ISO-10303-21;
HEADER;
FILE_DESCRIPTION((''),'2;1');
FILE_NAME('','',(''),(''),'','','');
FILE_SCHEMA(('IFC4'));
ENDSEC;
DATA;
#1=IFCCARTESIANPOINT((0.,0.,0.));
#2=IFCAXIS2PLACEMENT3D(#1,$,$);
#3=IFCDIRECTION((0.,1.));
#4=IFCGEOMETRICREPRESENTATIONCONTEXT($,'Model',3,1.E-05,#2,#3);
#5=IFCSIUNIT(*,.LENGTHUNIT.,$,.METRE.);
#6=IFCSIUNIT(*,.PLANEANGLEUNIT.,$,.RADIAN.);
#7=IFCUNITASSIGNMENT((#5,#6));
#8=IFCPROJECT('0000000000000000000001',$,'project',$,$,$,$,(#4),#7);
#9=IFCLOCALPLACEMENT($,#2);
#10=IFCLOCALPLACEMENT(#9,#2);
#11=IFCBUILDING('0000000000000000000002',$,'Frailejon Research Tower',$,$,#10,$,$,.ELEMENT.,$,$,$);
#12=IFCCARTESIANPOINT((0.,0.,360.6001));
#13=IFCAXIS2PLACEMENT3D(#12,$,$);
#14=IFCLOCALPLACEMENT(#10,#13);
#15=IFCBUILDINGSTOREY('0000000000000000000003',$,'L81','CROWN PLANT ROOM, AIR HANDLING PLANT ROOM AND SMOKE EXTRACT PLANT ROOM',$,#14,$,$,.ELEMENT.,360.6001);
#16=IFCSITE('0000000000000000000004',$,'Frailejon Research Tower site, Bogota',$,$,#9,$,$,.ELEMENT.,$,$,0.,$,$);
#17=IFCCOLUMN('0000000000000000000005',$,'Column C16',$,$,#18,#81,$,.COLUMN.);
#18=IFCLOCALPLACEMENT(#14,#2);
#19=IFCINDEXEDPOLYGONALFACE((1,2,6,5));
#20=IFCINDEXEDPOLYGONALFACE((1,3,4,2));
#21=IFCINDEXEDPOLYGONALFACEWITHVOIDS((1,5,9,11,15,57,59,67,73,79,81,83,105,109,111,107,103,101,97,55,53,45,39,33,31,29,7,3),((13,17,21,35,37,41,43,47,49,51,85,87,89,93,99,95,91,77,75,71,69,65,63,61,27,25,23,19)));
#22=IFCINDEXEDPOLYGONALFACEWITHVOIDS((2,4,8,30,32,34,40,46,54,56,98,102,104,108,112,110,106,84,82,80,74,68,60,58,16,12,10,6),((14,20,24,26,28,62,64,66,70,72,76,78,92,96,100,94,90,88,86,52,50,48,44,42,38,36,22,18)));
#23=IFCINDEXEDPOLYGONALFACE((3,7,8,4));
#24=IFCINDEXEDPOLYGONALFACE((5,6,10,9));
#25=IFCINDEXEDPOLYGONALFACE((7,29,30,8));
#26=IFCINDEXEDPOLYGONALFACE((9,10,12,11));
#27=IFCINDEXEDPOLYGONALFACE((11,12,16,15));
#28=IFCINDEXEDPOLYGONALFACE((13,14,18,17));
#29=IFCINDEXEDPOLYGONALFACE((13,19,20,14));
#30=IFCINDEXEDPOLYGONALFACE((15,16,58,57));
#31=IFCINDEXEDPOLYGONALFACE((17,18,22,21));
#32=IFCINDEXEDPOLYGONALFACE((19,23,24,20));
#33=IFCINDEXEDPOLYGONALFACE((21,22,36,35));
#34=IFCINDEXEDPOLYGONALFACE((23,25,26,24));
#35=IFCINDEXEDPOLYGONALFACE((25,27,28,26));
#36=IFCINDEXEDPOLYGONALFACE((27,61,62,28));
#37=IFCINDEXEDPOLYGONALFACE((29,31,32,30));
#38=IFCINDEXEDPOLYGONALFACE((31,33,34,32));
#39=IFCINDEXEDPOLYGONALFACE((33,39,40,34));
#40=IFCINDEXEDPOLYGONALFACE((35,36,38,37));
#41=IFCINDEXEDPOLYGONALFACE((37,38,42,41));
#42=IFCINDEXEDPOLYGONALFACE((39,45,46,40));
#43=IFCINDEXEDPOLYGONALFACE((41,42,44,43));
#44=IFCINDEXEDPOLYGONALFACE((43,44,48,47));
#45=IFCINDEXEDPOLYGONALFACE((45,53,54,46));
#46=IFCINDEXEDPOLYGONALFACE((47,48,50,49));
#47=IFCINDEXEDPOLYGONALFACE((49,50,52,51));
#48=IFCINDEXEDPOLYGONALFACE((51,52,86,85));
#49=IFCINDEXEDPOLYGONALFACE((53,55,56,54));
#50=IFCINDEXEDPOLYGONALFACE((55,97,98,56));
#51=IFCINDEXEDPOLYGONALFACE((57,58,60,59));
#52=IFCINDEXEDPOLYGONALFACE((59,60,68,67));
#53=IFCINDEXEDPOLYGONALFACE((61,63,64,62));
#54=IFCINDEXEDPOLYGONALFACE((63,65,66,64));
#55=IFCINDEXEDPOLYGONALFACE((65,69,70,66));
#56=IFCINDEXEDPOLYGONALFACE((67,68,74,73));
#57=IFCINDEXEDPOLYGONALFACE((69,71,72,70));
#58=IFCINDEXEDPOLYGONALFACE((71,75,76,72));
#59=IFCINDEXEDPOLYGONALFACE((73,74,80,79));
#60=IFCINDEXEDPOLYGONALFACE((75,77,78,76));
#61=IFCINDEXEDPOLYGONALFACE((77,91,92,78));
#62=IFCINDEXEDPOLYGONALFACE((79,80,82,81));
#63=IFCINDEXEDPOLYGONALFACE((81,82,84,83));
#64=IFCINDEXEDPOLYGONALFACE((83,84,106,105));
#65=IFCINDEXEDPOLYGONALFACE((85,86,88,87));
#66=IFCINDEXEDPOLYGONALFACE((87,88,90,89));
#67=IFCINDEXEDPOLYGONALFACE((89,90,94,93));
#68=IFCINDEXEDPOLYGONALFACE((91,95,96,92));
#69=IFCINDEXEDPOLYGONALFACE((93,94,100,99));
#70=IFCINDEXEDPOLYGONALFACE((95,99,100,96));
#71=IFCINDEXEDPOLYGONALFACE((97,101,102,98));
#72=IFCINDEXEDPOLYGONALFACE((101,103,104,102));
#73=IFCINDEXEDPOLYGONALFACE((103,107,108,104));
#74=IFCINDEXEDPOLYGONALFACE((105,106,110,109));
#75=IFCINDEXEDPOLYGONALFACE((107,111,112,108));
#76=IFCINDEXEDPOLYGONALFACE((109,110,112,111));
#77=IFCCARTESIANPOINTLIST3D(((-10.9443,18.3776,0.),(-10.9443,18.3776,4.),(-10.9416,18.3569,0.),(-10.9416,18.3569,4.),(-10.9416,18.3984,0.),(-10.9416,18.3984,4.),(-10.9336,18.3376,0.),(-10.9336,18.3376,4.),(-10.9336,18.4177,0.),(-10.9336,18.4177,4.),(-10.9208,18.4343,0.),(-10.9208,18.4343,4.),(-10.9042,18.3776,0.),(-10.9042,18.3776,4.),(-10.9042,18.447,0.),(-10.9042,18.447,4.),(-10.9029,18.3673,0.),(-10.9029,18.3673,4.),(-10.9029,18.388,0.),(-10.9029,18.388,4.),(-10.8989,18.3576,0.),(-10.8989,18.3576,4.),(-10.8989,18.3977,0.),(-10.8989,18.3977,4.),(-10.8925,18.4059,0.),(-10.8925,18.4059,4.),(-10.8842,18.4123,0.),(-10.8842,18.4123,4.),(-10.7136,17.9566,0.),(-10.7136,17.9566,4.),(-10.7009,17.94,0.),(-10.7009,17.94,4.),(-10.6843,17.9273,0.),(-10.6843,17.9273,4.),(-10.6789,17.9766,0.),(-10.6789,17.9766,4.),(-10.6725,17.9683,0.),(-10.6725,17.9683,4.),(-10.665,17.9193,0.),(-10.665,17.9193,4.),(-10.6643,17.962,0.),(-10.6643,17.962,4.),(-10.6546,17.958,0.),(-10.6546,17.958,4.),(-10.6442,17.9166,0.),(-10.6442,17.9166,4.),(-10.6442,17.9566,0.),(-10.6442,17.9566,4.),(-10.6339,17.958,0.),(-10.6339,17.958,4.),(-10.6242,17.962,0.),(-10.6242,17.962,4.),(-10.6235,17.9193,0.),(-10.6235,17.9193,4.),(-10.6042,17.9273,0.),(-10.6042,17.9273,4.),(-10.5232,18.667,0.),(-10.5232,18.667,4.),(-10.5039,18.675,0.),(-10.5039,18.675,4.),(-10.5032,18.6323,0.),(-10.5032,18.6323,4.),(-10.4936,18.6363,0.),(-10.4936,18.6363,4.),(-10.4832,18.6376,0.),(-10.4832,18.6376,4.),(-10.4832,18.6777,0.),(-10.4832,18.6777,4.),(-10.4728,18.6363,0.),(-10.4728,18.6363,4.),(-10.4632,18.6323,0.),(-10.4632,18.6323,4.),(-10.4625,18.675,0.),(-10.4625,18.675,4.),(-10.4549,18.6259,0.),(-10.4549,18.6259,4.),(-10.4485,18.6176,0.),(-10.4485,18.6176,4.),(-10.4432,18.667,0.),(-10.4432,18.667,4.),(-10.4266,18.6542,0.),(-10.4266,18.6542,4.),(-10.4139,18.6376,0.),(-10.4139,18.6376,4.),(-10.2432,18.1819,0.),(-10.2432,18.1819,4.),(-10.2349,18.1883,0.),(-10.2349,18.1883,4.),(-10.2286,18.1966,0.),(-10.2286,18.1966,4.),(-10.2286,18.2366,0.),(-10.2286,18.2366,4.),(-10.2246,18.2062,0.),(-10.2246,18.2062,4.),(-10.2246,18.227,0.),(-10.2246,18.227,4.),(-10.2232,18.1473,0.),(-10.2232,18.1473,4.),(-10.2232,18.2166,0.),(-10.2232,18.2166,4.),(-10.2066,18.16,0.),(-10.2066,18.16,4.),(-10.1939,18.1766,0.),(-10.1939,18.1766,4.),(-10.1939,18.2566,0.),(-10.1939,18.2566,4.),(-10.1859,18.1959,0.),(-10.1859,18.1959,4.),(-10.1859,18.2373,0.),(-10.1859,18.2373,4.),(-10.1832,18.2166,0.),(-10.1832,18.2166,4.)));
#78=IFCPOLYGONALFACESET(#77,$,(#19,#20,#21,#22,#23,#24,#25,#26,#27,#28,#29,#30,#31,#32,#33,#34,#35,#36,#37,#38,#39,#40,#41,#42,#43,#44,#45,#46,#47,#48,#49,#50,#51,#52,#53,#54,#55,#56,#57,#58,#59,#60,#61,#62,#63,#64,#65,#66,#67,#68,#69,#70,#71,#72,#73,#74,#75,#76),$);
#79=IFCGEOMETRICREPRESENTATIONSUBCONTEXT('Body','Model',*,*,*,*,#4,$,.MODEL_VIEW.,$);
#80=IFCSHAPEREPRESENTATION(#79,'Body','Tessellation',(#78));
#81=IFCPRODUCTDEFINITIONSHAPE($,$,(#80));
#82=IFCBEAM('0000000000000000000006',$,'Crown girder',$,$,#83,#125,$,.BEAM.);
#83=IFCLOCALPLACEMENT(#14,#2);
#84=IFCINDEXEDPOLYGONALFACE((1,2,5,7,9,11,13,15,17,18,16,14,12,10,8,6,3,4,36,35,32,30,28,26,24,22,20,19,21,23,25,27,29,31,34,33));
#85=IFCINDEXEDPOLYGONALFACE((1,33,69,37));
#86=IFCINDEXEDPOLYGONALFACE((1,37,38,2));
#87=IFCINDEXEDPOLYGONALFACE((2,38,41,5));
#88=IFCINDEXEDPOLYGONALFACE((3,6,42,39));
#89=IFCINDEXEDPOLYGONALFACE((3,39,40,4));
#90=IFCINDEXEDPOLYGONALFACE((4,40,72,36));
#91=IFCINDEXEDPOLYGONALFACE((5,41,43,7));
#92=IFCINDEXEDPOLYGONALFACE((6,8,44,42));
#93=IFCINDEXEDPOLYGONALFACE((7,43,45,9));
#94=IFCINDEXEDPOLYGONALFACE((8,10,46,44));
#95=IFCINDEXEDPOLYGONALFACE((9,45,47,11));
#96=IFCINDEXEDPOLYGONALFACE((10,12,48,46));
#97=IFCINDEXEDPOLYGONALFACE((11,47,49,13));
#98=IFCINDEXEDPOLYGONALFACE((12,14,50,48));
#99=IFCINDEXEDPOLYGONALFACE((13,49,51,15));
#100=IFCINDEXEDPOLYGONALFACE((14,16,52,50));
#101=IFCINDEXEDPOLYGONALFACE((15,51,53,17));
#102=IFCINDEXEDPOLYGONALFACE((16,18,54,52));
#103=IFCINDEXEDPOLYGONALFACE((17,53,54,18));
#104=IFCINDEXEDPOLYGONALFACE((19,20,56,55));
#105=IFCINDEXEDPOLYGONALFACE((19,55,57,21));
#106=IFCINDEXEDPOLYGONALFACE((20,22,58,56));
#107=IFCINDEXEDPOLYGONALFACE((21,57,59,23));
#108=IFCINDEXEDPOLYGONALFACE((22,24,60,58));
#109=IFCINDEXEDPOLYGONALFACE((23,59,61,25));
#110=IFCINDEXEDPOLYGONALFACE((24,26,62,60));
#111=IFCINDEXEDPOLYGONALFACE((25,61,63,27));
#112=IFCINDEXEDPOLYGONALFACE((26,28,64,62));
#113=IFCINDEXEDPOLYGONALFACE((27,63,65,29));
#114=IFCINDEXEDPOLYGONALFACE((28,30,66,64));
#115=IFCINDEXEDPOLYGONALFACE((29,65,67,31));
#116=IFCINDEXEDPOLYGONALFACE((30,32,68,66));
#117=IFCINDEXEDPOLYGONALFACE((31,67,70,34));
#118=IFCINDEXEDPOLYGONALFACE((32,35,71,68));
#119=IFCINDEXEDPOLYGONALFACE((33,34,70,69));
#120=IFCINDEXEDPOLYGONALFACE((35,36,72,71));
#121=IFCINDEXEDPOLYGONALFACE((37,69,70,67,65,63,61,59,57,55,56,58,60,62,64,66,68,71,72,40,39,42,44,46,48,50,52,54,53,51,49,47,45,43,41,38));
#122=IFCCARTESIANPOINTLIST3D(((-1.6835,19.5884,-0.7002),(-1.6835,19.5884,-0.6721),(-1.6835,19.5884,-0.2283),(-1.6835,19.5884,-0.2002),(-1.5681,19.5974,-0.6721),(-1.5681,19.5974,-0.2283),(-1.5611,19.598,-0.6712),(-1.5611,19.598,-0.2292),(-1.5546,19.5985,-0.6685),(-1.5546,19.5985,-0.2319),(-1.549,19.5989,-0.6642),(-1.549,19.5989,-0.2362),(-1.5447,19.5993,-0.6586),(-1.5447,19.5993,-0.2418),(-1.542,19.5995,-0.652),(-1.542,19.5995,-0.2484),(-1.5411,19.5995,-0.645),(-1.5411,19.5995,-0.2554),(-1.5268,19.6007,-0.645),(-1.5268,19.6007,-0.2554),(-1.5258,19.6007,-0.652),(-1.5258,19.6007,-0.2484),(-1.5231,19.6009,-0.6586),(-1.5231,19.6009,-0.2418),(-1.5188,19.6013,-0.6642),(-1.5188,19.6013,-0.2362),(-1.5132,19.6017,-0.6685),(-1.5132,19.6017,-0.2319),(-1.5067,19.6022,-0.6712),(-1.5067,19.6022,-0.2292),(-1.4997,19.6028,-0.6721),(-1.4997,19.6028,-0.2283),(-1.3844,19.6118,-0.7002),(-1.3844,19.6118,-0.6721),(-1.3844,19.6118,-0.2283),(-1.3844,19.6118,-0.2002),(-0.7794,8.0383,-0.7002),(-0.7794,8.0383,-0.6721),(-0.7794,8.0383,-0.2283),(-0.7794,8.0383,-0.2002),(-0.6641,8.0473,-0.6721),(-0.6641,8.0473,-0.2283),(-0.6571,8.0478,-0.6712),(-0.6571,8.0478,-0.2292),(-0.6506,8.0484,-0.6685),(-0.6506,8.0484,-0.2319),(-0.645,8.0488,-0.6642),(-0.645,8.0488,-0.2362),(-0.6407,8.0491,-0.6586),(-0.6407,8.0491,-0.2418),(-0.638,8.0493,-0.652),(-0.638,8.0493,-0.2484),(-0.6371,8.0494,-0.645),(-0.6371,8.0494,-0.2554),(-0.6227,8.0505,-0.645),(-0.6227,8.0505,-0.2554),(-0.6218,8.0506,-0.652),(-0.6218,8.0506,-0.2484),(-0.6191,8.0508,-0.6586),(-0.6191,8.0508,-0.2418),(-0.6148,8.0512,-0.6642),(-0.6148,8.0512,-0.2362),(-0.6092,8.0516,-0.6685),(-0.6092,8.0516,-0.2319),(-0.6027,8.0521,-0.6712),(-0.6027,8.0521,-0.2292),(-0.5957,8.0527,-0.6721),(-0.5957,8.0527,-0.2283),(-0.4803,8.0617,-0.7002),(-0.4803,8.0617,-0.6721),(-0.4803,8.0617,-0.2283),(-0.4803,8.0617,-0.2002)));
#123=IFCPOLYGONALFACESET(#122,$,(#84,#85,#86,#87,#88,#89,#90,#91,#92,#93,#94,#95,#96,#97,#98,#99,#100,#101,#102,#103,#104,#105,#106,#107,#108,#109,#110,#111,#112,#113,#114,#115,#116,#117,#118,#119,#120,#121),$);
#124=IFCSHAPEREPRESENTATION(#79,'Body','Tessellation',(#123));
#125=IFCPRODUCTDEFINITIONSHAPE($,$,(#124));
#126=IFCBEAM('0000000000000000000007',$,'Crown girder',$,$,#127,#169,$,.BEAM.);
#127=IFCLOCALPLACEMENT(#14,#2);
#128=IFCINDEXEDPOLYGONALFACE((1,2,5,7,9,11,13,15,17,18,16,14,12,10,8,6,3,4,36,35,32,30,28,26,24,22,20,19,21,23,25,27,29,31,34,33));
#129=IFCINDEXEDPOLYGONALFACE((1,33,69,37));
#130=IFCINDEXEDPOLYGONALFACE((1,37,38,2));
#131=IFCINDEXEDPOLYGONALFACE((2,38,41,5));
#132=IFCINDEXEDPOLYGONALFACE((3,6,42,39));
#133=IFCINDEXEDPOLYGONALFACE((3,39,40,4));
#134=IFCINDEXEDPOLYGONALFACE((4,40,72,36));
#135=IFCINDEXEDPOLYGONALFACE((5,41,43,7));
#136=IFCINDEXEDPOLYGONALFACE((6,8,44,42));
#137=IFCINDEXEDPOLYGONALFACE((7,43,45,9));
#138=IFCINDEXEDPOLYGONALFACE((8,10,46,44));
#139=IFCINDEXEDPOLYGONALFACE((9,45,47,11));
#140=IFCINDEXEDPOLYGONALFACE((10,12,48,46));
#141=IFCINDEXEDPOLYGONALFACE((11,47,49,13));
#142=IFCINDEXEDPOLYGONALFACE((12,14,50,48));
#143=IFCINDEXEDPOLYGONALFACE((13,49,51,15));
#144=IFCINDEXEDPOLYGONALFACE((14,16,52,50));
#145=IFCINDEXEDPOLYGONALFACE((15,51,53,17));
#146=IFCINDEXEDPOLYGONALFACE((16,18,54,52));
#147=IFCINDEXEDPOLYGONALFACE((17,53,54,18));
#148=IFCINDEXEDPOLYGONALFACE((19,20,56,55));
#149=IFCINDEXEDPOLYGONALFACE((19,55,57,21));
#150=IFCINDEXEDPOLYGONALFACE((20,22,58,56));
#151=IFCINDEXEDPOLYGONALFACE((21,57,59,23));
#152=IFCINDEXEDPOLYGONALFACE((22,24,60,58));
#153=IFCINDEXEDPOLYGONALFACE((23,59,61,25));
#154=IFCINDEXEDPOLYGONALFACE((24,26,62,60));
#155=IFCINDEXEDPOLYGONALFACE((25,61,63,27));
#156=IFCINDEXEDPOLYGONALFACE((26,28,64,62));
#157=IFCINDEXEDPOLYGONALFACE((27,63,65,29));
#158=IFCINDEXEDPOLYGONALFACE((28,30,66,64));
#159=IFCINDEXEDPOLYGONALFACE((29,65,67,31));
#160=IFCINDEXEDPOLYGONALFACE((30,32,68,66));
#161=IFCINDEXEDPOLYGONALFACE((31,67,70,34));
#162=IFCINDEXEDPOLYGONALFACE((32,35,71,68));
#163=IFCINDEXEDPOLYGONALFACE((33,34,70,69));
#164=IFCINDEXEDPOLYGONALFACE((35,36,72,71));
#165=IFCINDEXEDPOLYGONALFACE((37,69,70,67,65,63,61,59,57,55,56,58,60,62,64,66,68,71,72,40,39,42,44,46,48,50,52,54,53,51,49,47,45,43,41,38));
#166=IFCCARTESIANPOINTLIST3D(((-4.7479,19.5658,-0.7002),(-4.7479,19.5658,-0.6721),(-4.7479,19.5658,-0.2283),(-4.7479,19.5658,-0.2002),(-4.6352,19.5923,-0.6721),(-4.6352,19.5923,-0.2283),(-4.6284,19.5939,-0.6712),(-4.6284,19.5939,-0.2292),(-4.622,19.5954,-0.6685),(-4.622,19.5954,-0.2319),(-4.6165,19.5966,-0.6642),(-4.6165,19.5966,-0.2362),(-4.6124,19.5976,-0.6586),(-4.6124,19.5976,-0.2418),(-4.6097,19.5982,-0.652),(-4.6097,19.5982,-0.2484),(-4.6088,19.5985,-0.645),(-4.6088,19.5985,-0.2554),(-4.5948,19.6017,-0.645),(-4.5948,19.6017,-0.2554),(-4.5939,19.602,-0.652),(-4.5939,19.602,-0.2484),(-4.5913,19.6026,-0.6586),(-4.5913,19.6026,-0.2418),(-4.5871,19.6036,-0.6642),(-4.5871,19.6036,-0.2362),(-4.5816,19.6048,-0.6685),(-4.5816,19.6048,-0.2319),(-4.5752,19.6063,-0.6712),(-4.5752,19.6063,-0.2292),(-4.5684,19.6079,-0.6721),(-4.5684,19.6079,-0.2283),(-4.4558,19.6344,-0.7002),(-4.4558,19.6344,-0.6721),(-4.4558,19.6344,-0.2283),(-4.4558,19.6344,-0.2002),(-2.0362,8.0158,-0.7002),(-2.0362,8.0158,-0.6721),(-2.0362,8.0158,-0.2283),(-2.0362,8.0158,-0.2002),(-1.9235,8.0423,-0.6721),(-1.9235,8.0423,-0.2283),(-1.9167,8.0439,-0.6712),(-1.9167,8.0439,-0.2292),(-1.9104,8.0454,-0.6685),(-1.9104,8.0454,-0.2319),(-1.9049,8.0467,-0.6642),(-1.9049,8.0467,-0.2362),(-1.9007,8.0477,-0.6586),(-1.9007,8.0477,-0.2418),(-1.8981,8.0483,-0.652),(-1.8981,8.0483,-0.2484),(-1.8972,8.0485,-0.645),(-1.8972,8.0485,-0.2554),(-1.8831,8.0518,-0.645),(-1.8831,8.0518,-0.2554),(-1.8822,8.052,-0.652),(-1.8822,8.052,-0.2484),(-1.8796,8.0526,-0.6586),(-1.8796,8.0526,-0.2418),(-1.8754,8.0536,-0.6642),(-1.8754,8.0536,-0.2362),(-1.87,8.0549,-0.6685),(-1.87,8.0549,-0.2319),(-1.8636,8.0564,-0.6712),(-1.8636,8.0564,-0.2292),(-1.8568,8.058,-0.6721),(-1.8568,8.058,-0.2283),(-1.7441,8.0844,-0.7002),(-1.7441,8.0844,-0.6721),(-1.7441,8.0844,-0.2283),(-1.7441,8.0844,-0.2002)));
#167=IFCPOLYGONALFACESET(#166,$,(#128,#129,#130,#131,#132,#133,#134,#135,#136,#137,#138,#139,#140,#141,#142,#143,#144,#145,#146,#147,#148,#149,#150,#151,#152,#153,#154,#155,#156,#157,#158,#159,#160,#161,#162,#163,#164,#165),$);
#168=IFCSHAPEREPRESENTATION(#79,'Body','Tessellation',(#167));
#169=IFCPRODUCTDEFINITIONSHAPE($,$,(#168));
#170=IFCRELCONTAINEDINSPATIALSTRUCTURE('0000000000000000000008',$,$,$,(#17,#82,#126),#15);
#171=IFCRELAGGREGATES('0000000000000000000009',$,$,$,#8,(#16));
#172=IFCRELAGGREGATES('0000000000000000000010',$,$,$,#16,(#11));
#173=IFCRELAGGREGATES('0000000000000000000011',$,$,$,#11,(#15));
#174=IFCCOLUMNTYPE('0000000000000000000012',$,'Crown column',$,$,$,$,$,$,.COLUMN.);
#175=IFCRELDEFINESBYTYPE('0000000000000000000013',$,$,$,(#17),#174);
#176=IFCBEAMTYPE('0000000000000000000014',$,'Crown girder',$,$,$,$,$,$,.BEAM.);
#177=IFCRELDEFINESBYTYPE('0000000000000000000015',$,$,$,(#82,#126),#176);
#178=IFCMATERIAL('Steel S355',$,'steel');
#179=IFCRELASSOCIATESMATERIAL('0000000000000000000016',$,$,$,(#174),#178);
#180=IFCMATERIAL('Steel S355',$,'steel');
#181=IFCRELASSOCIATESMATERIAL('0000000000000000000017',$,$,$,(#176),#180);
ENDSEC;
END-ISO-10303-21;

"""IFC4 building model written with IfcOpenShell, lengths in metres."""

from ifc_helpers import new_model, si_unit, direction, frame, origin, origin_2d, place, context, subcontext, project, spatial, hollow_rectangle, i_section, extrude, material, material_profile, profile_set, type_object, element, save


model = new_model("IFC4")

# Units and contexts
model_context = context("Model", 3, precision=1e-05, world=origin(), true_north=direction((0.0, 1.0)))
body_context = subcontext(model_context, "Body", "Model", "MODEL_VIEW")
ifc_project = project(units=[si_unit("LENGTHUNIT", "METRE"), si_unit("PLANEANGLEUNIT", "RADIAN")], contexts=[model_context])

# Site, building, storey
site_placement = place(None, origin())
site = spatial("IfcSite", under=ifc_project, at=site_placement, Name="Frailejon Research Tower site, Bogota", CompositionType="ELEMENT", RefElevation=0.0)
building_placement = place(site_placement, origin())
building = spatial("IfcBuilding", under=site, at=building_placement, Name="Frailejon Research Tower", CompositionType="ELEMENT")
storey_placement = place(building_placement, frame((0.0, 0.0, 360.6001)))
storey = spatial("IfcBuildingStorey", under=building, at=storey_placement, Name="L81", Description="CROWN PLANT ROOM, AIR HANDLING PLANT ROOM AND SMOKE EXTRACT PLANT ROOM", CompositionType="ELEMENT", Elevation=360.6001)

# Column
ifc_material_1 = material(Name="Steel S355", Category="steel")
ifc_material_profile_1 = material_profile(ifc_material_1, hollow_rectangle(XDim=0.6001, YDim=0.6001, WallThickness=0.04, InnerFilletRadius=0.04, OuterFilletRadius=0.0801, at=origin_2d()), Name="Crown column")
ifc_profile_set_1 = profile_set([ifc_material_profile_1], Name="Steel S355")
column_type = type_object("IfcColumnType", Name="Crown column", PredefinedType="COLUMN", material=ifc_profile_set_1)
for number, where, z_axis, x_axis, name in (
    (1, (-10.5637, 18.2971, 0.0), (0.0, 0.0, 1.0), (-0.866025, -0.5, 0.0), "Column C16"),
):
    element("IfcColumn", number, at=place(storey_placement, frame(where, z_axis=z_axis, x_axis=x_axis)), inside=storey, type_object=column_type, Name=name, PredefinedType="COLUMN", context=body_context, shape_type="SweptSolid", body=[
        extrude(hollow_rectangle(XDim=0.6001, YDim=0.6001, WallThickness=0.04, InnerFilletRadius=0.04, OuterFilletRadius=0.0801, at=origin_2d()), origin(), (0.0, 0.0, 1.0), 4.0),
    ])

# Beams
ifc_material_2 = material(Name="Steel S355", Category="steel")
ifc_material_profile_2 = material_profile(ifc_material_2, i_section(OverallWidth=0.3, OverallDepth=0.5, WebThickness=0.0144, FlangeThickness=0.0281, FilletRadius=0.0271, at=origin_2d()), Name="HE 500 B")
ifc_profile_set_2 = profile_set([ifc_material_profile_2], Name="Steel S355")
beam_type_1 = type_object("IfcBeamType", Name="Crown girder", PredefinedType="BEAM", material=ifc_profile_set_2)
beam_1_placement = place(storey_placement, frame((-1.5339, 19.6001, -0.4502), z_axis=(0.078034, -0.996951, 0.0), x_axis=(0.996951, 0.078034, 0.0)))
element("IfcBeam", 2, at=beam_1_placement, inside=storey, type_object=beam_type_1, Name="Crown girder", PredefinedType="BEAM", context=body_context, shape_type="SweptSolid", body=[
    extrude(i_section(OverallWidth=0.3, OverallDepth=0.5, WebThickness=0.0144, FlangeThickness=0.0281, FilletRadius=0.0271, at=origin_2d()), origin(), (0.0, 0.0, 1.0), 11.5854),
])
beam_2_placement = place(storey_placement, frame((-4.6018, 19.6001, -0.4502), z_axis=(0.228561, -0.97353, 0.0), x_axis=(0.97353, 0.228561, 0.0)))
element("IfcBeam", 3, at=beam_2_placement, inside=storey, type_object=beam_type_1, Name="Crown girder", PredefinedType="BEAM", context=body_context, shape_type="SweptSolid", body=[
    extrude(i_section(OverallWidth=0.3, OverallDepth=0.5, WebThickness=0.0144, FlangeThickness=0.0281, FilletRadius=0.0271, at=origin_2d()), origin(), (0.0, 0.0, 1.0), 11.864),
])

save(model, "model.ifc")
